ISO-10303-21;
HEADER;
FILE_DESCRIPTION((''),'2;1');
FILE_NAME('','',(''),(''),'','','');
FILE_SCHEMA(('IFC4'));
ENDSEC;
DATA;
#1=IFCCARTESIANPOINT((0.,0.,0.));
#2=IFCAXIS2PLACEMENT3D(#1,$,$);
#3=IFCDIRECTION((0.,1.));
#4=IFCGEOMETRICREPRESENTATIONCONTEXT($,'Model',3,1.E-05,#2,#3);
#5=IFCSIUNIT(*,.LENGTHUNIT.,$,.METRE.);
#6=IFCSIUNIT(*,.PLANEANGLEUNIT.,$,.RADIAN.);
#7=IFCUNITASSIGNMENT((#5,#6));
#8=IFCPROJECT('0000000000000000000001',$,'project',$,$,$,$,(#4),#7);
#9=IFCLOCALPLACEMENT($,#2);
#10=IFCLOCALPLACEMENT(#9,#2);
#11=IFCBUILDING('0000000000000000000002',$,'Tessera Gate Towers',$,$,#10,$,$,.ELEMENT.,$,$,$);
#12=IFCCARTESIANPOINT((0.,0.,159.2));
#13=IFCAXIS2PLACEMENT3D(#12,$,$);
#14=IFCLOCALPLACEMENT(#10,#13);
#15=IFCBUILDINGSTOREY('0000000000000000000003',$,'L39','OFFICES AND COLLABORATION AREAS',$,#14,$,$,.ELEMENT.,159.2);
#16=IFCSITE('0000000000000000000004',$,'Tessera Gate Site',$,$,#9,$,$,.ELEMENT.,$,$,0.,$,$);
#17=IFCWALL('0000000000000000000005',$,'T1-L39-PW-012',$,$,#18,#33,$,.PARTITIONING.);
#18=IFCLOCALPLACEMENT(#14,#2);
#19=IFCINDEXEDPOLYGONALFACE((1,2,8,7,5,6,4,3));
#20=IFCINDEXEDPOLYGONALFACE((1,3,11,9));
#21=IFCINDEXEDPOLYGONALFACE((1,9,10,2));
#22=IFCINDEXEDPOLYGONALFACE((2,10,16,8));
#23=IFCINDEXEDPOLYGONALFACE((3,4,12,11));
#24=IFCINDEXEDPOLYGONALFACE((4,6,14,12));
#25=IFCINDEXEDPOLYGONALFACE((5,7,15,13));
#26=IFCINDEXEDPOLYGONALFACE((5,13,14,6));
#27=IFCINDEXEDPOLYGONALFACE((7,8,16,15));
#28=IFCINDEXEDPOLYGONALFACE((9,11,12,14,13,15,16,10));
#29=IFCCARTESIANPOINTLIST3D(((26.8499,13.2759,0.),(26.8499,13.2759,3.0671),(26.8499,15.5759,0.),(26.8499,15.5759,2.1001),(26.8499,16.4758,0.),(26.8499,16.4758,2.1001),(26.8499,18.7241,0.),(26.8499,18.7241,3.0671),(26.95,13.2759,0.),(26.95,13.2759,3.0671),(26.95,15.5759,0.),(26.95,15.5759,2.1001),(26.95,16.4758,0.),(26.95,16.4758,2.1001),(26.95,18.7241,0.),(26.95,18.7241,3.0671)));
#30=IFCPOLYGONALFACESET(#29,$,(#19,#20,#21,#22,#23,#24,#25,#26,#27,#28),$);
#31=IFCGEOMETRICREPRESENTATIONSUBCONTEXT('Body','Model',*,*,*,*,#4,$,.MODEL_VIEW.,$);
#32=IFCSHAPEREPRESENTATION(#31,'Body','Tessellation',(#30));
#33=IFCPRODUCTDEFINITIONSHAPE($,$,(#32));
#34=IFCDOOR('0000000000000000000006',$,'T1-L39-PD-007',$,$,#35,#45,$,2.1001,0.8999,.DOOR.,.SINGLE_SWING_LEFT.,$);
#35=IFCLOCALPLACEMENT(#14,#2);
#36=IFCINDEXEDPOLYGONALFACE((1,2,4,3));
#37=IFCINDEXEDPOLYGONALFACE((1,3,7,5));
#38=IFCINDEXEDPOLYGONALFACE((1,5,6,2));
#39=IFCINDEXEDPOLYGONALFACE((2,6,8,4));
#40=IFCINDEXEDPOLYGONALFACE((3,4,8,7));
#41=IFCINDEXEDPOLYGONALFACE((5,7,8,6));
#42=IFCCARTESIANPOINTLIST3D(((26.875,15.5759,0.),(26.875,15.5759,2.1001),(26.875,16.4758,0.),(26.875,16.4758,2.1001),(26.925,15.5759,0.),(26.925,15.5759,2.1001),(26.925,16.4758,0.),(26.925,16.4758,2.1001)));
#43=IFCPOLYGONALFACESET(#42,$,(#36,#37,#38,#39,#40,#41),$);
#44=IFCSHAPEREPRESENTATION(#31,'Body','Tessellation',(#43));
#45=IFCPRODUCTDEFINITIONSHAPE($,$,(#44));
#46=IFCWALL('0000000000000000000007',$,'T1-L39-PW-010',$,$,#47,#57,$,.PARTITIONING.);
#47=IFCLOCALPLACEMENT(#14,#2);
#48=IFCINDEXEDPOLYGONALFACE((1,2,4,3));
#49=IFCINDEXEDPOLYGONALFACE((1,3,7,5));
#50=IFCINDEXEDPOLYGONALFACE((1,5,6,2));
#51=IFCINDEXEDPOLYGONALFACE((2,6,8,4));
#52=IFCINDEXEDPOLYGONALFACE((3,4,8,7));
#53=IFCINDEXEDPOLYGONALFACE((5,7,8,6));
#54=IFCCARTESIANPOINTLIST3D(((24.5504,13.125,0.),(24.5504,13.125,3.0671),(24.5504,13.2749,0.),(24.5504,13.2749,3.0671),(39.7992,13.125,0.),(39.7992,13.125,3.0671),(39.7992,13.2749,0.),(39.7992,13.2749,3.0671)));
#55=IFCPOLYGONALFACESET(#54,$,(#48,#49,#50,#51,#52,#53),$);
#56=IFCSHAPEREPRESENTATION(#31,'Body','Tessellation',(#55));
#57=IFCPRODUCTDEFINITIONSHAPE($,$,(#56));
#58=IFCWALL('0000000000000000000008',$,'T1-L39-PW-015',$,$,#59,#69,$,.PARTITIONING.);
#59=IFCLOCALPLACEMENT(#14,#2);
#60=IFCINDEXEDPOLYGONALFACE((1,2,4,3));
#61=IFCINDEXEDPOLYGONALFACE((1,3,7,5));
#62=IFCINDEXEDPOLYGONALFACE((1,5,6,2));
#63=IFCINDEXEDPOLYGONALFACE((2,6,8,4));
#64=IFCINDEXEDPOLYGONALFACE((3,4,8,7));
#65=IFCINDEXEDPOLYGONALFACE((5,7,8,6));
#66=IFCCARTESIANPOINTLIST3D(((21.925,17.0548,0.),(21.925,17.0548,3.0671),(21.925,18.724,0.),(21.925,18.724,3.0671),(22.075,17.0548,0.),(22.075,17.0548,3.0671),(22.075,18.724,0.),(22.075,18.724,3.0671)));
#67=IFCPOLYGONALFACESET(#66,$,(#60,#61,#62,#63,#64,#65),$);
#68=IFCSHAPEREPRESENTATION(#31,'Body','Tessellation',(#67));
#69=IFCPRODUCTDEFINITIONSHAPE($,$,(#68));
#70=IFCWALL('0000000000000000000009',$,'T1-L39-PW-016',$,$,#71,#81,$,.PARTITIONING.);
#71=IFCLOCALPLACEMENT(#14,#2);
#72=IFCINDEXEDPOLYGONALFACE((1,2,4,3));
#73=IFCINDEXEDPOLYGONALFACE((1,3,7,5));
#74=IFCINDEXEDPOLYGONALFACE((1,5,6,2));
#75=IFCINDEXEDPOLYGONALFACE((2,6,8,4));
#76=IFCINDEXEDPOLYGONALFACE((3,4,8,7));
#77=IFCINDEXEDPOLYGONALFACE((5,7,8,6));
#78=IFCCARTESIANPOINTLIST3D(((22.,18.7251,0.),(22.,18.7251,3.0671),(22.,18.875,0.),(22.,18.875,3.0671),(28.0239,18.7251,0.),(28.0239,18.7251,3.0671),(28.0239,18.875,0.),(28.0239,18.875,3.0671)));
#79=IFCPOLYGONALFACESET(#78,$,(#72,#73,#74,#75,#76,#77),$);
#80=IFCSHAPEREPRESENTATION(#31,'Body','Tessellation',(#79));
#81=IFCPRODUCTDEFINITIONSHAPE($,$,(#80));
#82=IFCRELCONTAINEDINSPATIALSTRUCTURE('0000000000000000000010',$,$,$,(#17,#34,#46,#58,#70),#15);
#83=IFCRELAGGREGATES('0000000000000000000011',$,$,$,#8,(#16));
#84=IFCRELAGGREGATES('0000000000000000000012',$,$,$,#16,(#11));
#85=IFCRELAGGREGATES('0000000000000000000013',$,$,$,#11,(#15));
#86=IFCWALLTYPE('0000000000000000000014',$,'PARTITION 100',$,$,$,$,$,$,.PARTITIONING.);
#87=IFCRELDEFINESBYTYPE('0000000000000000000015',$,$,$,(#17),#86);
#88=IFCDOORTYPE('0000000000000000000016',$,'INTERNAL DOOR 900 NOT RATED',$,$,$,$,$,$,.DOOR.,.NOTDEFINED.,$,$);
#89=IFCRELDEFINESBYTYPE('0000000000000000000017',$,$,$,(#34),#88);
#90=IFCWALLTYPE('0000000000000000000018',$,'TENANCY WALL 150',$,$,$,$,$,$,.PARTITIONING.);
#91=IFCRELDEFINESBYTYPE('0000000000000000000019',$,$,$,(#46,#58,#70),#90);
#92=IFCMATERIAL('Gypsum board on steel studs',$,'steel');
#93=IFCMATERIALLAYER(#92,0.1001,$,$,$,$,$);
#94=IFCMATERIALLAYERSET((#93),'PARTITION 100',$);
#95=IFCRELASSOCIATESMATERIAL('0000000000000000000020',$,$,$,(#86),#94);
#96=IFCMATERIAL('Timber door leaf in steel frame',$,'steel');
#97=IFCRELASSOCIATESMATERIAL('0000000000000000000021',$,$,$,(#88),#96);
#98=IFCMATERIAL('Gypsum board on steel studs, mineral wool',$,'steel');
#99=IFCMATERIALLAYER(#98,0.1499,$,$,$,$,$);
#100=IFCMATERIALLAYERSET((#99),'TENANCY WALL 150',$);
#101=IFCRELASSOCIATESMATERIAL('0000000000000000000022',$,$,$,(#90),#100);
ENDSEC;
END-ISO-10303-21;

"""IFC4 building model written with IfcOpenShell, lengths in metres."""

from ifc_helpers import new_model, si_unit, direction, frame, frame_2d, origin, place, context, subcontext, project, spatial, rectangle, extrude, source, transform, mapped, material, layer, layer_set, type_object, element, fill, save


model = new_model("IFC4")

# Units and contexts
model_context = context("Model", 3, precision=1e-05, world=origin(), true_north=direction((0.0, 1.0)))
body_context = subcontext(model_context, "Body", "Model", "MODEL_VIEW")
ifc_project = project(units=[si_unit("LENGTHUNIT", "METRE"), si_unit("PLANEANGLEUNIT", "RADIAN")], contexts=[model_context])

# Site, building, storey
site_placement = place(None, origin())
site = spatial("IfcSite", under=ifc_project, at=site_placement, Name="Tessera Gate Site", CompositionType="ELEMENT", RefElevation=0.0)
building_placement = place(site_placement, origin())
building = spatial("IfcBuilding", under=site, at=building_placement, Name="Tessera Gate Towers", CompositionType="ELEMENT")
storey_placement = place(building_placement, frame((0.0, 0.0, 159.2)))
storey = spatial("IfcBuildingStorey", under=building, at=storey_placement, Name="L39", Description="OFFICES AND COLLABORATION AREAS", CompositionType="ELEMENT", Elevation=159.2)

# Shared definitions
ifc_material_1 = material(Name="Gypsum board on steel studs", Category="steel")
ifc_layer_1 = layer(ifc_material_1, 0.1001)
ifc_layer_set_1 = layer_set([ifc_layer_1], Name="PARTITION 100")
wall_type_1 = type_object("IfcWallType", Name="PARTITION 100", PredefinedType="PARTITIONING", material=ifc_layer_set_1)

# Shared definitions
shared_shape_1 = source(origin(), body_context, "Body", "SweptSolid", [
    extrude(rectangle(XDim=0.8999, YDim=2.1001, at=frame_2d((0.45, 1.05))), frame((0.0, 0.0601, 0.0), z_axis=(0.0, -1.0, 0.0), x_axis=(1.0, 0.0, 0.0)), (0.0, 0.0, 1.0), 0.1201),
])
ifc_material_2 = material(Name="Timber door leaf in steel frame", Category="steel")
door_type = type_object("IfcDoorType", Name="INTERNAL DOOR 900 NOT RATED", OperationType="NOTDEFINED", PredefinedType="DOOR", material=ifc_material_2)
shared_shape_2 = source(origin(), body_context, "Body", "SweptSolid", [
    extrude(rectangle(XDim=0.8999, YDim=2.1001, at=frame_2d((0.45, 1.05))), frame((0.0, 0.0249, 0.0), z_axis=(0.0, -1.0, 0.0), x_axis=(1.0, 0.0, 0.0)), (0.0, 0.0, 1.0), 0.05),
])

# Wall, opening, door
wall_1_placement = place(storey_placement, frame((26.8999, 13.2759, 0.0), z_axis=(0.0, 0.0, 1.0), x_axis=(0.0, 1.0, 0.0)))
wall_1 = element("IfcWall", 1, at=wall_1_placement, inside=storey, type_object=wall_type_1, Name="T1-L39-PW-012", PredefinedType="PARTITIONING", context=body_context, shape_type="SweptSolid", body=[
    extrude(rectangle(XDim=5.4482, YDim=0.1001, at=frame_2d((2.7241, 0.0))), origin(), (0.0, 0.0, 1.0), 3.0671),
])
opening_1_placement = place(wall_1_placement, frame((2.3, 0.0, 0.0)))
opening_1 = element("IfcOpeningElement", 2, at=opening_1_placement, cuts=wall_1, PredefinedType="OPENING", context=body_context, shape_type="MappedRepresentation", body=[
    mapped(shared_shape_1, transform((0.0, 0.0, 0.0), scale=1.0)),
])
door_1_placement = place(opening_1_placement, origin())
door_1 = element("IfcDoor", 3, at=door_1_placement, inside=storey, type_object=door_type, Name="T1-L39-PD-007", OperationType="SINGLE_SWING_LEFT", OverallHeight=2.1001, OverallWidth=0.8999, PredefinedType="DOOR", context=body_context, shape_type="MappedRepresentation", body=[
    mapped(shared_shape_2, transform((0.0, 0.0, 0.0), scale=1.0)),
])
fill(opening_1, door_1)

# Walls
ifc_material_3 = material(Name="Gypsum board on steel studs, mineral wool", Category="steel")
ifc_layer_2 = layer(ifc_material_3, 0.1499)
ifc_layer_set_2 = layer_set([ifc_layer_2], Name="TENANCY WALL 150")
wall_type_2 = type_object("IfcWallType", Name="TENANCY WALL 150", PredefinedType="PARTITIONING", material=ifc_layer_set_2)
wall_2_placement = place(storey_placement, frame((24.5503, 13.2, 0.0), z_axis=(0.0, 0.0, 1.0), x_axis=(1.0, 0.0, 0.0)))
element("IfcWall", 4, at=wall_2_placement, inside=storey, type_object=wall_type_2, Name="T1-L39-PW-010", PredefinedType="PARTITIONING", context=body_context, shape_type="SweptSolid", body=[
    extrude(rectangle(XDim=15.2488, YDim=0.1499, at=frame_2d((7.6245, 0.0))), origin(), (0.0, 0.0, 1.0), 3.0671),
])
wall_3_placement = place(storey_placement, frame((22.0, 17.0549, 0.0), z_axis=(0.0, 0.0, 1.0), x_axis=(0.0, 1.0, 0.0)))
element("IfcWall", 5, at=wall_3_placement, inside=storey, type_object=wall_type_2, Name="T1-L39-PW-015", PredefinedType="PARTITIONING", context=body_context, shape_type="SweptSolid", body=[
    extrude(rectangle(XDim=1.6692, YDim=0.1499, at=frame_2d((0.8345, 0.0))), origin(), (0.0, 0.0, 1.0), 3.0671),
])
wall_4_placement = place(storey_placement, frame((22.0, 18.8, 0.0), z_axis=(0.0, 0.0, 1.0), x_axis=(1.0, 0.0, 0.0)))
element("IfcWall", 6, at=wall_4_placement, inside=storey, type_object=wall_type_2, Name="T1-L39-PW-016", PredefinedType="PARTITIONING", context=body_context, shape_type="SweptSolid", body=[
    extrude(rectangle(XDim=6.0239, YDim=0.1499, at=frame_2d((3.012, 0.0))), origin(), (0.0, 0.0, 1.0), 3.0671),
])

save(model, "model.ifc")
